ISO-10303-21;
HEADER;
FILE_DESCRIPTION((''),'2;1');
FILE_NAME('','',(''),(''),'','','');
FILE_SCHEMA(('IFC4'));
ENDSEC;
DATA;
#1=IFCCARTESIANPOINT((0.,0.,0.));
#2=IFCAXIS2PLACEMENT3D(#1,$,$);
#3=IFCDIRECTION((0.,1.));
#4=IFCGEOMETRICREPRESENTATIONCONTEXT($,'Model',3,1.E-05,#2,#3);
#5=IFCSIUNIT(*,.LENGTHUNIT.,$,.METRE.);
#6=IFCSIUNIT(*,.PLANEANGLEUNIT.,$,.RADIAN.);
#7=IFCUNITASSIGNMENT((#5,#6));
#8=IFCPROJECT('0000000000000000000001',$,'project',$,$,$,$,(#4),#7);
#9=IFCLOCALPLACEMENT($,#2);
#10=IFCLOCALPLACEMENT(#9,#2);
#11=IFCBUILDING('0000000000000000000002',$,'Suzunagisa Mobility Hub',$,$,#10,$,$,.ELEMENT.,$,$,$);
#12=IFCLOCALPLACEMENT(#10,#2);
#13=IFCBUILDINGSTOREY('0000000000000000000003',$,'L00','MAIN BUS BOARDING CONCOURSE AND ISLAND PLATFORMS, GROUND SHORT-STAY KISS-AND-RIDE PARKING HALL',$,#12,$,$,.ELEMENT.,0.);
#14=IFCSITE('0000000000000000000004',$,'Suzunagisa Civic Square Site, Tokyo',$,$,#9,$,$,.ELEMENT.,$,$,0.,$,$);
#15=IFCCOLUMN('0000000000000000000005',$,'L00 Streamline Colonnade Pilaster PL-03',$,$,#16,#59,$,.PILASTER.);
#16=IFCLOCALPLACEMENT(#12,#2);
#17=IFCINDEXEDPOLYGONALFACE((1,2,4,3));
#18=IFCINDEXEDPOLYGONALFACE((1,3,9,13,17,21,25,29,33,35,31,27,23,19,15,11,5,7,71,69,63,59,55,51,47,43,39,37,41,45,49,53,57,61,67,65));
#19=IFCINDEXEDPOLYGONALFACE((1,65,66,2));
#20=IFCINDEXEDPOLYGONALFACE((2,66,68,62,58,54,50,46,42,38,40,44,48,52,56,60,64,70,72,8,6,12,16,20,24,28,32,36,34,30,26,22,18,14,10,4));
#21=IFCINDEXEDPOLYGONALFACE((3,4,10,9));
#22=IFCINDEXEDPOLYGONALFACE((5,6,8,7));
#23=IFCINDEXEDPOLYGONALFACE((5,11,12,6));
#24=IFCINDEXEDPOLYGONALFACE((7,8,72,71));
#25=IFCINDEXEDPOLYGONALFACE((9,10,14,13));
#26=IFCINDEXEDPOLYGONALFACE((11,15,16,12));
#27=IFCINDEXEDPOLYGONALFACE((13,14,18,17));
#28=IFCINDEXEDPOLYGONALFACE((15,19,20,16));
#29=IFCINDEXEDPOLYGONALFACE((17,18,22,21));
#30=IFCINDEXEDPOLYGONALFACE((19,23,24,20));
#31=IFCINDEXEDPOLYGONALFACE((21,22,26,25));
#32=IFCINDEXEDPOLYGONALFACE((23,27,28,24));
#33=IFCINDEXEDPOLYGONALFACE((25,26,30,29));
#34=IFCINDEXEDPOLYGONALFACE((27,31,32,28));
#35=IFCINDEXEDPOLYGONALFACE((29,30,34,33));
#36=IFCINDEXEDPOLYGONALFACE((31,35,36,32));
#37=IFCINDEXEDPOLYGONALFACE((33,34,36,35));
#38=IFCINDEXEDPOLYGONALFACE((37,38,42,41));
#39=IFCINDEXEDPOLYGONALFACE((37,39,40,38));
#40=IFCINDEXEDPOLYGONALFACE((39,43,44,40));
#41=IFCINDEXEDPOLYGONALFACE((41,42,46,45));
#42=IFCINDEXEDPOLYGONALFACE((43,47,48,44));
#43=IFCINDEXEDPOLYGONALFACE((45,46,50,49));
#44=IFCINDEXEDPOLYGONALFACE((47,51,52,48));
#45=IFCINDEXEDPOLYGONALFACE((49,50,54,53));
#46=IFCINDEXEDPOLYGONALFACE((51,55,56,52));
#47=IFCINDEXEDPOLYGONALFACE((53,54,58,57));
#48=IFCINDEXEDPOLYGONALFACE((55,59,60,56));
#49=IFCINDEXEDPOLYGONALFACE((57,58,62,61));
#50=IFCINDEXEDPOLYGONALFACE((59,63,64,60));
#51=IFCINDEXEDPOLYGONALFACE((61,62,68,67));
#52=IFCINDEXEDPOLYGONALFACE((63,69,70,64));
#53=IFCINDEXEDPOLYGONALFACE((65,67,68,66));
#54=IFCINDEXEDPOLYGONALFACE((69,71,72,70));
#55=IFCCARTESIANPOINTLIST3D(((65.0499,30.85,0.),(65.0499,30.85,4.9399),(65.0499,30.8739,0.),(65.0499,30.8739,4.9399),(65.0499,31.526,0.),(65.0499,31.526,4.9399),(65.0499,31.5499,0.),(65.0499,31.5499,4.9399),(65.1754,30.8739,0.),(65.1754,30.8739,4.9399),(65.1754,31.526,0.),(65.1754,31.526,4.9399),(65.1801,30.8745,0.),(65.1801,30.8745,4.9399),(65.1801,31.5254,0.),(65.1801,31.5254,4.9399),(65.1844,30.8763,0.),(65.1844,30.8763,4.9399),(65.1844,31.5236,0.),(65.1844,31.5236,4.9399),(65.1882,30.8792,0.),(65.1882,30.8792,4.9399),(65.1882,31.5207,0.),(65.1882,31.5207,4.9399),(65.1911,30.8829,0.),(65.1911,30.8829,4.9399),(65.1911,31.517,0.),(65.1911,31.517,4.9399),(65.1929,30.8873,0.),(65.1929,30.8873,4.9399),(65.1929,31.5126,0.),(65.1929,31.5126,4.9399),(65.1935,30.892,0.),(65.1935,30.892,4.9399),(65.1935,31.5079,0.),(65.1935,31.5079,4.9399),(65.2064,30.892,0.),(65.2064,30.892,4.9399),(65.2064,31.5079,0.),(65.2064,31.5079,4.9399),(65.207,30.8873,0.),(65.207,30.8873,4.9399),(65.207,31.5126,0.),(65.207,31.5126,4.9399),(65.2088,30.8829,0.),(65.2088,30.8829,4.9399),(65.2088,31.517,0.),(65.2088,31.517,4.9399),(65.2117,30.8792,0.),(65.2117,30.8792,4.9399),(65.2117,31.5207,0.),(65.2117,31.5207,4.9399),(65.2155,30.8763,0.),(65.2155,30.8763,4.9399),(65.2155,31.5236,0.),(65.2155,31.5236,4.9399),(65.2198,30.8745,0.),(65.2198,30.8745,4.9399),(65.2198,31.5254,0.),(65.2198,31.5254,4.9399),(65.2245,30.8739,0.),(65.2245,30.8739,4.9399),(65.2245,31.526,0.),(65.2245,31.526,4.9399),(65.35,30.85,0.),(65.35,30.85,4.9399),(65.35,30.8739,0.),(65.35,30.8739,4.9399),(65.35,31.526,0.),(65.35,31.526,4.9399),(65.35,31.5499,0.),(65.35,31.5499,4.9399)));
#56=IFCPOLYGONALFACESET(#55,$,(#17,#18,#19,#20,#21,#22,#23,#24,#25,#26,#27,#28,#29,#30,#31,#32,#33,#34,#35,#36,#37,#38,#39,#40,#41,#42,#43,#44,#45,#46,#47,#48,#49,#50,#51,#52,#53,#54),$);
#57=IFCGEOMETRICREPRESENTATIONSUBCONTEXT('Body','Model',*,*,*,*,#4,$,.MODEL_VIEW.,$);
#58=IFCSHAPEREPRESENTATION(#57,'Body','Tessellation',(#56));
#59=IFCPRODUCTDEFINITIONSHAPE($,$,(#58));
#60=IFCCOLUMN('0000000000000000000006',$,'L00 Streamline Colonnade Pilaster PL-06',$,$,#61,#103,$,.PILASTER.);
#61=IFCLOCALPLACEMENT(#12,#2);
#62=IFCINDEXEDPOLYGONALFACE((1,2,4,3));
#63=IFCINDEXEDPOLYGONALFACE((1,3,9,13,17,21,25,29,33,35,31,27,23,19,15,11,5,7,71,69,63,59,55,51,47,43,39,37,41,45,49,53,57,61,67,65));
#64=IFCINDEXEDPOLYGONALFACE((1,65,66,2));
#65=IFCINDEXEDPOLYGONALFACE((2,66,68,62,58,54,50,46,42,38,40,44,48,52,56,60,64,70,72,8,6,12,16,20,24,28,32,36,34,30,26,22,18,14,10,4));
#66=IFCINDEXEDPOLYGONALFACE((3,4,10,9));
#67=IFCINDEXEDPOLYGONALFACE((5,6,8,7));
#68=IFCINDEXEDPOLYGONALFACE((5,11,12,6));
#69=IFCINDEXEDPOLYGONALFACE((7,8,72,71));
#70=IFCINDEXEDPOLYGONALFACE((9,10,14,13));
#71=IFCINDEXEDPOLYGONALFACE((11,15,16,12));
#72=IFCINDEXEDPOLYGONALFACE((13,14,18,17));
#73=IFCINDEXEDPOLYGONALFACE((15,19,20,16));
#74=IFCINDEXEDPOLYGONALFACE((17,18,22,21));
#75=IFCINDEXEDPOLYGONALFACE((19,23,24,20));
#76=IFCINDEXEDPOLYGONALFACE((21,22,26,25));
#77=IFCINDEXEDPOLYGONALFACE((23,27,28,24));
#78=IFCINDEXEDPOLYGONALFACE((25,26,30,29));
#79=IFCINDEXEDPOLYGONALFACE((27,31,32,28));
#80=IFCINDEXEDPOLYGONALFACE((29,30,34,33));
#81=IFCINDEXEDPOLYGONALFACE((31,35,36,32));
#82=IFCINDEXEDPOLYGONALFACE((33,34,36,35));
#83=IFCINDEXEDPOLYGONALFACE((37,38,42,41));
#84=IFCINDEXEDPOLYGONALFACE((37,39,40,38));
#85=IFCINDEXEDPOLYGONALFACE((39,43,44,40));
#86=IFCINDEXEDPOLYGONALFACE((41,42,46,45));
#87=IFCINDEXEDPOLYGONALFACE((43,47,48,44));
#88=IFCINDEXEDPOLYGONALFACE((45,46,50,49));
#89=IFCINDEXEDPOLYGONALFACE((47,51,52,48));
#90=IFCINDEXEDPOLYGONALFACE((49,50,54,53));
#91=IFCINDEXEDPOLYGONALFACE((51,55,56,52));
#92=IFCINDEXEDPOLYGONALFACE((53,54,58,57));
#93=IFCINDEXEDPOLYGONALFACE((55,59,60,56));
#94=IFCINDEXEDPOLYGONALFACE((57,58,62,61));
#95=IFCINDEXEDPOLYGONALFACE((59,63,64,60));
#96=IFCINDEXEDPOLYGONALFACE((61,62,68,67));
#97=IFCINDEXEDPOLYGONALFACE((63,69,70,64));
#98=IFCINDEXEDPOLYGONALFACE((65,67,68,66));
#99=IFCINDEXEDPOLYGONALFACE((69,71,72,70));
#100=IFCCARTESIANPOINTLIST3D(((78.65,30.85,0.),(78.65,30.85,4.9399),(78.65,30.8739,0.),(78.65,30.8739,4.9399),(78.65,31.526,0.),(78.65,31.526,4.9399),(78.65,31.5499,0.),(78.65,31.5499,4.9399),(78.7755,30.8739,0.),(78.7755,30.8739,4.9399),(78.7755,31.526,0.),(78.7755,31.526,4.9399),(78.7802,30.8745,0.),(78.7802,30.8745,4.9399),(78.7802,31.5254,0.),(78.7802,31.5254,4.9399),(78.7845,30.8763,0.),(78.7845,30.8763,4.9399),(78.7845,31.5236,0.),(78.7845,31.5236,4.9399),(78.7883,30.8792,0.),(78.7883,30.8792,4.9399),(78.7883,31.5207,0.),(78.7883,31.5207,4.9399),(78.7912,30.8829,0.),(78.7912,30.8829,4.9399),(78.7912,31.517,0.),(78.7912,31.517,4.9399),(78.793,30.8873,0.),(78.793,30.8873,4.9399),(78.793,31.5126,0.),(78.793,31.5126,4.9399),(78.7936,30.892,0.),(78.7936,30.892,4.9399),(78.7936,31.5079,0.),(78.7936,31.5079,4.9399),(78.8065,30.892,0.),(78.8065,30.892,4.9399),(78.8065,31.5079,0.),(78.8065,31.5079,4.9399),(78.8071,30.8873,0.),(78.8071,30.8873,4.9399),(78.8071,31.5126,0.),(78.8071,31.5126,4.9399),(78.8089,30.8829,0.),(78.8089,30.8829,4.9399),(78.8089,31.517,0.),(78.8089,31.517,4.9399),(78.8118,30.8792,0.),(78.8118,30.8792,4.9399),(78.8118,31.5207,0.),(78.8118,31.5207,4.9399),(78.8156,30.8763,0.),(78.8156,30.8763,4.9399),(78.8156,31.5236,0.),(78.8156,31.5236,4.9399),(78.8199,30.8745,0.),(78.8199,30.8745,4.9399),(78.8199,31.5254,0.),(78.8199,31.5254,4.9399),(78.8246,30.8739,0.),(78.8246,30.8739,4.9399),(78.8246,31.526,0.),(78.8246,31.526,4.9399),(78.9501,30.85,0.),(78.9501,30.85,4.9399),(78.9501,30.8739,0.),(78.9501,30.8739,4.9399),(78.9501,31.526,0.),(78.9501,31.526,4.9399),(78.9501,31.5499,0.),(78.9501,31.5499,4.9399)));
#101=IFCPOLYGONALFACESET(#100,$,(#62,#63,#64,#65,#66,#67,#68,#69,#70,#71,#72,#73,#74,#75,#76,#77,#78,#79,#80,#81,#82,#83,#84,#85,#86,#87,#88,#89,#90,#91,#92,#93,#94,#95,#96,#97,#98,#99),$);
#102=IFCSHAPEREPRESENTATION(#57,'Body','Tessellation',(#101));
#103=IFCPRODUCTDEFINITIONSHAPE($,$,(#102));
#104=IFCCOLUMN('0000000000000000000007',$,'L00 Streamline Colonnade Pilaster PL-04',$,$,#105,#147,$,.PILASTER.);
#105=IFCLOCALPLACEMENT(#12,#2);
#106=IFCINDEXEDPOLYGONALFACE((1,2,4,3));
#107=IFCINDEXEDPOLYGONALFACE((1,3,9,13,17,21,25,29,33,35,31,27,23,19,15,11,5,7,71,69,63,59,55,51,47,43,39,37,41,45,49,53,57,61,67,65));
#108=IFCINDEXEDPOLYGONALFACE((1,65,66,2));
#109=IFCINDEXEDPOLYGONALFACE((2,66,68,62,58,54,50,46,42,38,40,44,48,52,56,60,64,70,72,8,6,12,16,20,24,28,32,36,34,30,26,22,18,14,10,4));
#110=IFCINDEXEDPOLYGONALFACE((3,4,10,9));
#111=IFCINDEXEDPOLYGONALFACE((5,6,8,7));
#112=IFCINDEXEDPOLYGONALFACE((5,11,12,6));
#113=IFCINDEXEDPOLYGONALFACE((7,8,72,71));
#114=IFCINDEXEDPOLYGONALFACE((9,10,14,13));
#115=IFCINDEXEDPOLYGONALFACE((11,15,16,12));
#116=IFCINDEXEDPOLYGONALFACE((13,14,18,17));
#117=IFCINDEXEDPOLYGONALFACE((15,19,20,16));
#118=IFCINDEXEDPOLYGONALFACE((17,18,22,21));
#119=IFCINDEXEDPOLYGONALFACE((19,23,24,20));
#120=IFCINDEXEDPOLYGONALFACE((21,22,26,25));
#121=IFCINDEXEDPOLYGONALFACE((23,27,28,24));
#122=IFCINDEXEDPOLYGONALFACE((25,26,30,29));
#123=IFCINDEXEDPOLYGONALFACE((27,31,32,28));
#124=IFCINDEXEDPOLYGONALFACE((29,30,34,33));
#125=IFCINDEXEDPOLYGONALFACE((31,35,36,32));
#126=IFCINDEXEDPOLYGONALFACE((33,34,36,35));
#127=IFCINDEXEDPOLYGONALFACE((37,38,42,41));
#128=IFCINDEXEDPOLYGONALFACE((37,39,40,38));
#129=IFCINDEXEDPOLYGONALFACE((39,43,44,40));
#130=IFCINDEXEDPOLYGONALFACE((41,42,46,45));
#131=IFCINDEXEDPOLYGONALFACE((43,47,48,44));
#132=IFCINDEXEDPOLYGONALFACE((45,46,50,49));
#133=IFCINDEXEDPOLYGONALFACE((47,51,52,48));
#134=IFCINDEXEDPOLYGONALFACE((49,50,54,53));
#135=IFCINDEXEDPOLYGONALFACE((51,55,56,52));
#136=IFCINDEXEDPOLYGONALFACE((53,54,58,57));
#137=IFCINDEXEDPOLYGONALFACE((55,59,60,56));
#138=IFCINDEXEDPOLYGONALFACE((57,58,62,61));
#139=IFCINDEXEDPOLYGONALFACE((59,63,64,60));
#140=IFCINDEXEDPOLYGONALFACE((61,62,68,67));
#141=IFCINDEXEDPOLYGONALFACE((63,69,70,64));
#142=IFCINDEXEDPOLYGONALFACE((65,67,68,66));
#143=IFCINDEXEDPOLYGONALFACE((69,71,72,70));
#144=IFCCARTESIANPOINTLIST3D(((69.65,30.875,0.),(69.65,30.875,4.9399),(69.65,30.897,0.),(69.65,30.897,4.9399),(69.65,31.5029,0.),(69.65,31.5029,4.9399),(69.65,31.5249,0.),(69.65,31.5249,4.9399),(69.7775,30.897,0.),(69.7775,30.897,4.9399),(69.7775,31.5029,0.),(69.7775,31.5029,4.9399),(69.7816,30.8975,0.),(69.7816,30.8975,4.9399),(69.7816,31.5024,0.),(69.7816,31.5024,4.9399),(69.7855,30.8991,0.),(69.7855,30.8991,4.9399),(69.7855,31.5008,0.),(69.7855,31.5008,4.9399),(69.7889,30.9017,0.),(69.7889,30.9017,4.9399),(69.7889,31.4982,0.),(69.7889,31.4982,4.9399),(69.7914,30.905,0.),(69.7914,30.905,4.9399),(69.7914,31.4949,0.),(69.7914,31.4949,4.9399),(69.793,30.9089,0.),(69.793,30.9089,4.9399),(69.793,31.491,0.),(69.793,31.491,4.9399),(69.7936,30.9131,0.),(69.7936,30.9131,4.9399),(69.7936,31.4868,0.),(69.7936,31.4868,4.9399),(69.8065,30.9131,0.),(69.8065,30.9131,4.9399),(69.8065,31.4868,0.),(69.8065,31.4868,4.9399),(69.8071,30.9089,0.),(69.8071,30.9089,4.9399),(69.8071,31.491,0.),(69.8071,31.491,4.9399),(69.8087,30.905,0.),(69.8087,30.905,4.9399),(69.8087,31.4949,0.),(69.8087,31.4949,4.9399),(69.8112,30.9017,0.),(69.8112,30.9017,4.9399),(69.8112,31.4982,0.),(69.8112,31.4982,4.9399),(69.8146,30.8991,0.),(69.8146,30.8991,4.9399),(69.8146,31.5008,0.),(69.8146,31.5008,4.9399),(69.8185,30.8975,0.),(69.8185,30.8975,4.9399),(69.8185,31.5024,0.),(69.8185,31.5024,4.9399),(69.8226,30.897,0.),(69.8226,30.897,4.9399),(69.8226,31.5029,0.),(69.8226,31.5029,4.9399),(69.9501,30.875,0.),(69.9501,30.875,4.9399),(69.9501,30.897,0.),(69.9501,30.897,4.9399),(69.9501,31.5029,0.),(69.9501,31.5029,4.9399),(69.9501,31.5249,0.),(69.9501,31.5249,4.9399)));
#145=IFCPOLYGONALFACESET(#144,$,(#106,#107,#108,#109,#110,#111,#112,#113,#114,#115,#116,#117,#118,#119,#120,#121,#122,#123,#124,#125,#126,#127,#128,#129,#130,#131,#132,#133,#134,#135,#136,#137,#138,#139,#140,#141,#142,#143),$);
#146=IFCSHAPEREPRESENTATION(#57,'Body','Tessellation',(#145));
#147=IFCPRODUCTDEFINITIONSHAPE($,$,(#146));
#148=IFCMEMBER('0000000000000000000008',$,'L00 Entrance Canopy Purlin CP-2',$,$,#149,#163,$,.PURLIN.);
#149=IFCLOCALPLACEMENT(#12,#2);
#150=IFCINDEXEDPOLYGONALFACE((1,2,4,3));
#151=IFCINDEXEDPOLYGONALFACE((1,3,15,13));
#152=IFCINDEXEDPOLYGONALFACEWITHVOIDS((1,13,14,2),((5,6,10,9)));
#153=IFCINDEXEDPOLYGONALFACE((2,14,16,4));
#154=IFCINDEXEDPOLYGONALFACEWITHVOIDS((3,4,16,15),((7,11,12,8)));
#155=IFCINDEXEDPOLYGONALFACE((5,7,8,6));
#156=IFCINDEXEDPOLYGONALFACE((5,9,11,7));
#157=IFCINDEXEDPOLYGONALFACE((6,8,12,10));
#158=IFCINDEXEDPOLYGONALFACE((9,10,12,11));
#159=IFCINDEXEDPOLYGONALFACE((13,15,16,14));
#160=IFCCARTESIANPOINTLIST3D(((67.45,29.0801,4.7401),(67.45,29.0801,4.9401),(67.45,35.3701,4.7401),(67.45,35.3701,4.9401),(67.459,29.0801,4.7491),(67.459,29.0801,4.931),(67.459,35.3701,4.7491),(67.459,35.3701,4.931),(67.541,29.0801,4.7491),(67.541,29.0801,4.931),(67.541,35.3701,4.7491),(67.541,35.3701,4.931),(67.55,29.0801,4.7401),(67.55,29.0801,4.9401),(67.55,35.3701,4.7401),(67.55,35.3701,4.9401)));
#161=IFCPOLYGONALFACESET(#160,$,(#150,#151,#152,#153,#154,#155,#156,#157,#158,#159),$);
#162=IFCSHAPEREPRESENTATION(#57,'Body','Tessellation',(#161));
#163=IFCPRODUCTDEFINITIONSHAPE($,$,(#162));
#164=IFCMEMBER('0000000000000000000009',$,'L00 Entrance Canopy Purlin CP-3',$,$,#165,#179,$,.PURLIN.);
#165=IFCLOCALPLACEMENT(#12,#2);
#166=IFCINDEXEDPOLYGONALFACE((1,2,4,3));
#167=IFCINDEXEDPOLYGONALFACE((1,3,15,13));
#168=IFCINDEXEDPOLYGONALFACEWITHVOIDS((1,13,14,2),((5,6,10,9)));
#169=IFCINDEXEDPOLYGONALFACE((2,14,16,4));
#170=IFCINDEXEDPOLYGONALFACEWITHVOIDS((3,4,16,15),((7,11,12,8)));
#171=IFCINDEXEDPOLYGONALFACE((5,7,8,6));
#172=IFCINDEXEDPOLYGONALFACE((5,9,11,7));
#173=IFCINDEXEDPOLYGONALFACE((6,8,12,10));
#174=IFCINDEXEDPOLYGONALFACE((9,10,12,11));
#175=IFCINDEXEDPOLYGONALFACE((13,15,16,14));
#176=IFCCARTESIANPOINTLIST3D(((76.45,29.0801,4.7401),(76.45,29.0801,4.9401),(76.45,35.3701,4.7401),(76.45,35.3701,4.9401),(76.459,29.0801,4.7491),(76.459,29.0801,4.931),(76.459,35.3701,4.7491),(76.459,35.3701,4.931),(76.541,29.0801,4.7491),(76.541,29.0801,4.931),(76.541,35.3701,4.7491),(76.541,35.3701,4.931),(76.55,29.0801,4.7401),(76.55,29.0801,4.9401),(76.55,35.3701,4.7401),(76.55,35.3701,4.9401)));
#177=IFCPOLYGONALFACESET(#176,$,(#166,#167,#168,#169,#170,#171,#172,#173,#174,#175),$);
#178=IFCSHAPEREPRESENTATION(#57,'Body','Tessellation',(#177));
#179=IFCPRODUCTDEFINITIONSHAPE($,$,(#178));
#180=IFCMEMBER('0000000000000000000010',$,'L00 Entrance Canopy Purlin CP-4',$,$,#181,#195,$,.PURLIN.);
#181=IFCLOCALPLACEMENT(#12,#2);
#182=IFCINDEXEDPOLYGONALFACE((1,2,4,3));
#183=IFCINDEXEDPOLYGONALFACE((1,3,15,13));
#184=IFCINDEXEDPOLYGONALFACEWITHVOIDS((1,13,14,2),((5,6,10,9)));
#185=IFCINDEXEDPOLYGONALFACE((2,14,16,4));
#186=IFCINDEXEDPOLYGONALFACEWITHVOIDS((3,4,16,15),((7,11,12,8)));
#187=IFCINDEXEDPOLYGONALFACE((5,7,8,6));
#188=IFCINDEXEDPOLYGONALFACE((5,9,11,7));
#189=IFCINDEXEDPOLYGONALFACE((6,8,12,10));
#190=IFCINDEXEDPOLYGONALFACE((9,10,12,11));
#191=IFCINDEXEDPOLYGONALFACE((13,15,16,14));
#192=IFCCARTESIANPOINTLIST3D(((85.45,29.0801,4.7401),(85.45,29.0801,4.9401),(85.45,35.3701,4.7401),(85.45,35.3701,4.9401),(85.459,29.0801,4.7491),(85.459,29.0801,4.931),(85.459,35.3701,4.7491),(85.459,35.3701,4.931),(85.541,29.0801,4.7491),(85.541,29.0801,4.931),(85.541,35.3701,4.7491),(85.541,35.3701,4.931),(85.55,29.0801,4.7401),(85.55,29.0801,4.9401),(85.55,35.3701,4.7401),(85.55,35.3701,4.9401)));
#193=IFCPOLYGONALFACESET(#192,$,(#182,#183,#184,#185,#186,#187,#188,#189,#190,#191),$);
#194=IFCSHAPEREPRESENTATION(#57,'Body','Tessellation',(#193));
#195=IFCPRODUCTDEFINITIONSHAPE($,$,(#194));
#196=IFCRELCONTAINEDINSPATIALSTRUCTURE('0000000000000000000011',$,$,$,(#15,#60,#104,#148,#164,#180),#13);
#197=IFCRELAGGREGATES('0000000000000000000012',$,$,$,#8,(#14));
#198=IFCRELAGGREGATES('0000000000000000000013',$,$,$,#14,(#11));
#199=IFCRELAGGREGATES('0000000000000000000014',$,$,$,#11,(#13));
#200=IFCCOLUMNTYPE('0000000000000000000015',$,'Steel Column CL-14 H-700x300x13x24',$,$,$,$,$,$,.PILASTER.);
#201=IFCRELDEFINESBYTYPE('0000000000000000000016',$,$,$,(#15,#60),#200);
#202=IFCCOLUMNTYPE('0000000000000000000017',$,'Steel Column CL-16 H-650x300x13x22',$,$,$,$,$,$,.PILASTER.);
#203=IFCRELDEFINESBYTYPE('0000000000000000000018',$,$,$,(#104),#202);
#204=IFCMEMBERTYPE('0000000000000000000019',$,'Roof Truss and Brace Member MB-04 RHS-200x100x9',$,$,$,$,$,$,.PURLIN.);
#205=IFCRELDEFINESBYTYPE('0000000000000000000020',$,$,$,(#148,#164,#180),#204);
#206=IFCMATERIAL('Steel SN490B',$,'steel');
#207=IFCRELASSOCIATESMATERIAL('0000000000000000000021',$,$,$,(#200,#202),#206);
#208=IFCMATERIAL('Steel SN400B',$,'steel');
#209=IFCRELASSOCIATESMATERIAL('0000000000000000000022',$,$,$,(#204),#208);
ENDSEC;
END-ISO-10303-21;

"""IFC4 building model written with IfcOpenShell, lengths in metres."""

from ifc_helpers import new_model, si_unit, direction, frame, origin, origin_2d, place, context, subcontext, project, spatial, hollow_rectangle, i_section, extrude, material, material_profile, profile_set, type_object, element, save


model = new_model("IFC4")

# Units and contexts
model_context = context("Model", 3, precision=1e-05, world=origin(), true_north=direction((0.0, 1.0)))
body_context = subcontext(model_context, "Body", "Model", "MODEL_VIEW")
ifc_project = project(units=[si_unit("LENGTHUNIT", "METRE"), si_unit("PLANEANGLEUNIT", "RADIAN")], contexts=[model_context])

# Site, building, storey
site_placement = place(None, origin())
site = spatial("IfcSite", under=ifc_project, at=site_placement, Name="Suzunagisa Civic Square Site, Tokyo", CompositionType="ELEMENT", RefElevation=0.0)
building_placement = place(site_placement, origin())
building = spatial("IfcBuilding", under=site, at=building_placement, Name="Suzunagisa Mobility Hub", CompositionType="ELEMENT")
storey_placement = place(building_placement, origin())
storey = spatial("IfcBuildingStorey", under=building, at=storey_placement, Name="L00", Description="MAIN BUS BOARDING CONCOURSE AND ISLAND PLATFORMS, GROUND SHORT-STAY KISS-AND-RIDE PARKING HALL", CompositionType="ELEMENT", Elevation=0.0)

# Columns
ifc_material_1 = material(Name="Steel SN490B", Category="steel")
ifc_material_profile_1 = material_profile(ifc_material_1, i_section(OverallWidth=0.3, OverallDepth=0.7, WebThickness=0.0129, FlangeThickness=0.0239, FilletRadius=0.0181, at=origin_2d()), Name="H-700x300x13x24")
ifc_profile_set_1 = profile_set([ifc_material_profile_1], Name="Steel SN490B")
column_type_1 = type_object("IfcColumnType", Name="Steel Column CL-14 H-700x300x13x24", PredefinedType="PILASTER", material=ifc_profile_set_1)
for number, where, z_axis, x_axis, name in (
    (1, (65.2, 31.2, 0.0), (0.0, 0.0, 1.0), (1.0, 0.0, 0.0), "L00 Streamline Colonnade Pilaster PL-03"),
    (2, (78.8, 31.2, 0.0), (0.0, 0.0, 1.0), (1.0, 0.0, 0.0), "L00 Streamline Colonnade Pilaster PL-06"),
):
    element("IfcColumn", number, at=place(storey_placement, frame(where, z_axis=z_axis, x_axis=x_axis)), inside=storey, type_object=column_type_1, Name=name, PredefinedType="PILASTER", context=body_context, shape_type="SweptSolid", body=[
        extrude(i_section(OverallWidth=0.3, OverallDepth=0.7, WebThickness=0.0129, FlangeThickness=0.0239, FilletRadius=0.0181, at=origin_2d()), origin(), (0.0, 0.0, 1.0), 4.9399),
    ])
ifc_material_profile_2 = material_profile(ifc_material_1, i_section(OverallWidth=0.3, OverallDepth=0.6499, WebThickness=0.0129, FlangeThickness=0.022, FilletRadius=0.0161, at=origin_2d()), Name="H-650x300x13x22")
ifc_profile_set_2 = profile_set([ifc_material_profile_2], Name="Steel SN490B")
column_type_2 = type_object("IfcColumnType", Name="Steel Column CL-16 H-650x300x13x22", PredefinedType="PILASTER", material=ifc_profile_set_2)
column_1_placement = place(storey_placement, frame((69.8, 31.2, 0.0), z_axis=(0.0, 0.0, 1.0), x_axis=(1.0, 0.0, 0.0)))
element("IfcColumn", 3, at=column_1_placement, inside=storey, type_object=column_type_2, Name="L00 Streamline Colonnade Pilaster PL-04", PredefinedType="PILASTER", context=body_context, shape_type="SweptSolid", body=[
    extrude(i_section(OverallWidth=0.3, OverallDepth=0.6499, WebThickness=0.0129, FlangeThickness=0.022, FilletRadius=0.0161, at=origin_2d()), origin(), (0.0, 0.0, 1.0), 4.9399),
])

# Members
ifc_material_2 = material(Name="Steel SN400B", Category="steel")
ifc_material_profile_3 = material_profile(ifc_material_2, hollow_rectangle(XDim=0.1001, YDim=0.2, WallThickness=0.009, at=origin_2d()), Name="RHS-200x100x9")
ifc_profile_set_3 = profile_set([ifc_material_profile_3], Name="Steel SN400B")
member_type = type_object("IfcMemberType", Name="Roof Truss and Brace Member MB-04 RHS-200x100x9", PredefinedType="PURLIN", material=ifc_profile_set_3)
for number, where, z_axis, x_axis, name in (
    (4, (67.5, 29.0801, 4.8401), (0.0, 1.0, 0.0), (-1.0, 0.0, 0.0), "L00 Entrance Canopy Purlin CP-2"),
    (5, (76.5, 29.0801, 4.8401), (0.0, 1.0, 0.0), (-1.0, 0.0, 0.0), "L00 Entrance Canopy Purlin CP-3"),
    (6, (85.5, 29.0801, 4.8401), (0.0, 1.0, 0.0), (-1.0, 0.0, 0.0), "L00 Entrance Canopy Purlin CP-4"),
):
    element("IfcMember", number, at=place(storey_placement, frame(where, z_axis=z_axis, x_axis=x_axis)), inside=storey, type_object=member_type, Name=name, PredefinedType="PURLIN", context=body_context, shape_type="SweptSolid", body=[
        extrude(hollow_rectangle(XDim=0.1001, YDim=0.2, WallThickness=0.009, at=origin_2d()), origin(), (0.0, 0.0, 1.0), 6.29),
    ])

save(model, "model.ifc")
